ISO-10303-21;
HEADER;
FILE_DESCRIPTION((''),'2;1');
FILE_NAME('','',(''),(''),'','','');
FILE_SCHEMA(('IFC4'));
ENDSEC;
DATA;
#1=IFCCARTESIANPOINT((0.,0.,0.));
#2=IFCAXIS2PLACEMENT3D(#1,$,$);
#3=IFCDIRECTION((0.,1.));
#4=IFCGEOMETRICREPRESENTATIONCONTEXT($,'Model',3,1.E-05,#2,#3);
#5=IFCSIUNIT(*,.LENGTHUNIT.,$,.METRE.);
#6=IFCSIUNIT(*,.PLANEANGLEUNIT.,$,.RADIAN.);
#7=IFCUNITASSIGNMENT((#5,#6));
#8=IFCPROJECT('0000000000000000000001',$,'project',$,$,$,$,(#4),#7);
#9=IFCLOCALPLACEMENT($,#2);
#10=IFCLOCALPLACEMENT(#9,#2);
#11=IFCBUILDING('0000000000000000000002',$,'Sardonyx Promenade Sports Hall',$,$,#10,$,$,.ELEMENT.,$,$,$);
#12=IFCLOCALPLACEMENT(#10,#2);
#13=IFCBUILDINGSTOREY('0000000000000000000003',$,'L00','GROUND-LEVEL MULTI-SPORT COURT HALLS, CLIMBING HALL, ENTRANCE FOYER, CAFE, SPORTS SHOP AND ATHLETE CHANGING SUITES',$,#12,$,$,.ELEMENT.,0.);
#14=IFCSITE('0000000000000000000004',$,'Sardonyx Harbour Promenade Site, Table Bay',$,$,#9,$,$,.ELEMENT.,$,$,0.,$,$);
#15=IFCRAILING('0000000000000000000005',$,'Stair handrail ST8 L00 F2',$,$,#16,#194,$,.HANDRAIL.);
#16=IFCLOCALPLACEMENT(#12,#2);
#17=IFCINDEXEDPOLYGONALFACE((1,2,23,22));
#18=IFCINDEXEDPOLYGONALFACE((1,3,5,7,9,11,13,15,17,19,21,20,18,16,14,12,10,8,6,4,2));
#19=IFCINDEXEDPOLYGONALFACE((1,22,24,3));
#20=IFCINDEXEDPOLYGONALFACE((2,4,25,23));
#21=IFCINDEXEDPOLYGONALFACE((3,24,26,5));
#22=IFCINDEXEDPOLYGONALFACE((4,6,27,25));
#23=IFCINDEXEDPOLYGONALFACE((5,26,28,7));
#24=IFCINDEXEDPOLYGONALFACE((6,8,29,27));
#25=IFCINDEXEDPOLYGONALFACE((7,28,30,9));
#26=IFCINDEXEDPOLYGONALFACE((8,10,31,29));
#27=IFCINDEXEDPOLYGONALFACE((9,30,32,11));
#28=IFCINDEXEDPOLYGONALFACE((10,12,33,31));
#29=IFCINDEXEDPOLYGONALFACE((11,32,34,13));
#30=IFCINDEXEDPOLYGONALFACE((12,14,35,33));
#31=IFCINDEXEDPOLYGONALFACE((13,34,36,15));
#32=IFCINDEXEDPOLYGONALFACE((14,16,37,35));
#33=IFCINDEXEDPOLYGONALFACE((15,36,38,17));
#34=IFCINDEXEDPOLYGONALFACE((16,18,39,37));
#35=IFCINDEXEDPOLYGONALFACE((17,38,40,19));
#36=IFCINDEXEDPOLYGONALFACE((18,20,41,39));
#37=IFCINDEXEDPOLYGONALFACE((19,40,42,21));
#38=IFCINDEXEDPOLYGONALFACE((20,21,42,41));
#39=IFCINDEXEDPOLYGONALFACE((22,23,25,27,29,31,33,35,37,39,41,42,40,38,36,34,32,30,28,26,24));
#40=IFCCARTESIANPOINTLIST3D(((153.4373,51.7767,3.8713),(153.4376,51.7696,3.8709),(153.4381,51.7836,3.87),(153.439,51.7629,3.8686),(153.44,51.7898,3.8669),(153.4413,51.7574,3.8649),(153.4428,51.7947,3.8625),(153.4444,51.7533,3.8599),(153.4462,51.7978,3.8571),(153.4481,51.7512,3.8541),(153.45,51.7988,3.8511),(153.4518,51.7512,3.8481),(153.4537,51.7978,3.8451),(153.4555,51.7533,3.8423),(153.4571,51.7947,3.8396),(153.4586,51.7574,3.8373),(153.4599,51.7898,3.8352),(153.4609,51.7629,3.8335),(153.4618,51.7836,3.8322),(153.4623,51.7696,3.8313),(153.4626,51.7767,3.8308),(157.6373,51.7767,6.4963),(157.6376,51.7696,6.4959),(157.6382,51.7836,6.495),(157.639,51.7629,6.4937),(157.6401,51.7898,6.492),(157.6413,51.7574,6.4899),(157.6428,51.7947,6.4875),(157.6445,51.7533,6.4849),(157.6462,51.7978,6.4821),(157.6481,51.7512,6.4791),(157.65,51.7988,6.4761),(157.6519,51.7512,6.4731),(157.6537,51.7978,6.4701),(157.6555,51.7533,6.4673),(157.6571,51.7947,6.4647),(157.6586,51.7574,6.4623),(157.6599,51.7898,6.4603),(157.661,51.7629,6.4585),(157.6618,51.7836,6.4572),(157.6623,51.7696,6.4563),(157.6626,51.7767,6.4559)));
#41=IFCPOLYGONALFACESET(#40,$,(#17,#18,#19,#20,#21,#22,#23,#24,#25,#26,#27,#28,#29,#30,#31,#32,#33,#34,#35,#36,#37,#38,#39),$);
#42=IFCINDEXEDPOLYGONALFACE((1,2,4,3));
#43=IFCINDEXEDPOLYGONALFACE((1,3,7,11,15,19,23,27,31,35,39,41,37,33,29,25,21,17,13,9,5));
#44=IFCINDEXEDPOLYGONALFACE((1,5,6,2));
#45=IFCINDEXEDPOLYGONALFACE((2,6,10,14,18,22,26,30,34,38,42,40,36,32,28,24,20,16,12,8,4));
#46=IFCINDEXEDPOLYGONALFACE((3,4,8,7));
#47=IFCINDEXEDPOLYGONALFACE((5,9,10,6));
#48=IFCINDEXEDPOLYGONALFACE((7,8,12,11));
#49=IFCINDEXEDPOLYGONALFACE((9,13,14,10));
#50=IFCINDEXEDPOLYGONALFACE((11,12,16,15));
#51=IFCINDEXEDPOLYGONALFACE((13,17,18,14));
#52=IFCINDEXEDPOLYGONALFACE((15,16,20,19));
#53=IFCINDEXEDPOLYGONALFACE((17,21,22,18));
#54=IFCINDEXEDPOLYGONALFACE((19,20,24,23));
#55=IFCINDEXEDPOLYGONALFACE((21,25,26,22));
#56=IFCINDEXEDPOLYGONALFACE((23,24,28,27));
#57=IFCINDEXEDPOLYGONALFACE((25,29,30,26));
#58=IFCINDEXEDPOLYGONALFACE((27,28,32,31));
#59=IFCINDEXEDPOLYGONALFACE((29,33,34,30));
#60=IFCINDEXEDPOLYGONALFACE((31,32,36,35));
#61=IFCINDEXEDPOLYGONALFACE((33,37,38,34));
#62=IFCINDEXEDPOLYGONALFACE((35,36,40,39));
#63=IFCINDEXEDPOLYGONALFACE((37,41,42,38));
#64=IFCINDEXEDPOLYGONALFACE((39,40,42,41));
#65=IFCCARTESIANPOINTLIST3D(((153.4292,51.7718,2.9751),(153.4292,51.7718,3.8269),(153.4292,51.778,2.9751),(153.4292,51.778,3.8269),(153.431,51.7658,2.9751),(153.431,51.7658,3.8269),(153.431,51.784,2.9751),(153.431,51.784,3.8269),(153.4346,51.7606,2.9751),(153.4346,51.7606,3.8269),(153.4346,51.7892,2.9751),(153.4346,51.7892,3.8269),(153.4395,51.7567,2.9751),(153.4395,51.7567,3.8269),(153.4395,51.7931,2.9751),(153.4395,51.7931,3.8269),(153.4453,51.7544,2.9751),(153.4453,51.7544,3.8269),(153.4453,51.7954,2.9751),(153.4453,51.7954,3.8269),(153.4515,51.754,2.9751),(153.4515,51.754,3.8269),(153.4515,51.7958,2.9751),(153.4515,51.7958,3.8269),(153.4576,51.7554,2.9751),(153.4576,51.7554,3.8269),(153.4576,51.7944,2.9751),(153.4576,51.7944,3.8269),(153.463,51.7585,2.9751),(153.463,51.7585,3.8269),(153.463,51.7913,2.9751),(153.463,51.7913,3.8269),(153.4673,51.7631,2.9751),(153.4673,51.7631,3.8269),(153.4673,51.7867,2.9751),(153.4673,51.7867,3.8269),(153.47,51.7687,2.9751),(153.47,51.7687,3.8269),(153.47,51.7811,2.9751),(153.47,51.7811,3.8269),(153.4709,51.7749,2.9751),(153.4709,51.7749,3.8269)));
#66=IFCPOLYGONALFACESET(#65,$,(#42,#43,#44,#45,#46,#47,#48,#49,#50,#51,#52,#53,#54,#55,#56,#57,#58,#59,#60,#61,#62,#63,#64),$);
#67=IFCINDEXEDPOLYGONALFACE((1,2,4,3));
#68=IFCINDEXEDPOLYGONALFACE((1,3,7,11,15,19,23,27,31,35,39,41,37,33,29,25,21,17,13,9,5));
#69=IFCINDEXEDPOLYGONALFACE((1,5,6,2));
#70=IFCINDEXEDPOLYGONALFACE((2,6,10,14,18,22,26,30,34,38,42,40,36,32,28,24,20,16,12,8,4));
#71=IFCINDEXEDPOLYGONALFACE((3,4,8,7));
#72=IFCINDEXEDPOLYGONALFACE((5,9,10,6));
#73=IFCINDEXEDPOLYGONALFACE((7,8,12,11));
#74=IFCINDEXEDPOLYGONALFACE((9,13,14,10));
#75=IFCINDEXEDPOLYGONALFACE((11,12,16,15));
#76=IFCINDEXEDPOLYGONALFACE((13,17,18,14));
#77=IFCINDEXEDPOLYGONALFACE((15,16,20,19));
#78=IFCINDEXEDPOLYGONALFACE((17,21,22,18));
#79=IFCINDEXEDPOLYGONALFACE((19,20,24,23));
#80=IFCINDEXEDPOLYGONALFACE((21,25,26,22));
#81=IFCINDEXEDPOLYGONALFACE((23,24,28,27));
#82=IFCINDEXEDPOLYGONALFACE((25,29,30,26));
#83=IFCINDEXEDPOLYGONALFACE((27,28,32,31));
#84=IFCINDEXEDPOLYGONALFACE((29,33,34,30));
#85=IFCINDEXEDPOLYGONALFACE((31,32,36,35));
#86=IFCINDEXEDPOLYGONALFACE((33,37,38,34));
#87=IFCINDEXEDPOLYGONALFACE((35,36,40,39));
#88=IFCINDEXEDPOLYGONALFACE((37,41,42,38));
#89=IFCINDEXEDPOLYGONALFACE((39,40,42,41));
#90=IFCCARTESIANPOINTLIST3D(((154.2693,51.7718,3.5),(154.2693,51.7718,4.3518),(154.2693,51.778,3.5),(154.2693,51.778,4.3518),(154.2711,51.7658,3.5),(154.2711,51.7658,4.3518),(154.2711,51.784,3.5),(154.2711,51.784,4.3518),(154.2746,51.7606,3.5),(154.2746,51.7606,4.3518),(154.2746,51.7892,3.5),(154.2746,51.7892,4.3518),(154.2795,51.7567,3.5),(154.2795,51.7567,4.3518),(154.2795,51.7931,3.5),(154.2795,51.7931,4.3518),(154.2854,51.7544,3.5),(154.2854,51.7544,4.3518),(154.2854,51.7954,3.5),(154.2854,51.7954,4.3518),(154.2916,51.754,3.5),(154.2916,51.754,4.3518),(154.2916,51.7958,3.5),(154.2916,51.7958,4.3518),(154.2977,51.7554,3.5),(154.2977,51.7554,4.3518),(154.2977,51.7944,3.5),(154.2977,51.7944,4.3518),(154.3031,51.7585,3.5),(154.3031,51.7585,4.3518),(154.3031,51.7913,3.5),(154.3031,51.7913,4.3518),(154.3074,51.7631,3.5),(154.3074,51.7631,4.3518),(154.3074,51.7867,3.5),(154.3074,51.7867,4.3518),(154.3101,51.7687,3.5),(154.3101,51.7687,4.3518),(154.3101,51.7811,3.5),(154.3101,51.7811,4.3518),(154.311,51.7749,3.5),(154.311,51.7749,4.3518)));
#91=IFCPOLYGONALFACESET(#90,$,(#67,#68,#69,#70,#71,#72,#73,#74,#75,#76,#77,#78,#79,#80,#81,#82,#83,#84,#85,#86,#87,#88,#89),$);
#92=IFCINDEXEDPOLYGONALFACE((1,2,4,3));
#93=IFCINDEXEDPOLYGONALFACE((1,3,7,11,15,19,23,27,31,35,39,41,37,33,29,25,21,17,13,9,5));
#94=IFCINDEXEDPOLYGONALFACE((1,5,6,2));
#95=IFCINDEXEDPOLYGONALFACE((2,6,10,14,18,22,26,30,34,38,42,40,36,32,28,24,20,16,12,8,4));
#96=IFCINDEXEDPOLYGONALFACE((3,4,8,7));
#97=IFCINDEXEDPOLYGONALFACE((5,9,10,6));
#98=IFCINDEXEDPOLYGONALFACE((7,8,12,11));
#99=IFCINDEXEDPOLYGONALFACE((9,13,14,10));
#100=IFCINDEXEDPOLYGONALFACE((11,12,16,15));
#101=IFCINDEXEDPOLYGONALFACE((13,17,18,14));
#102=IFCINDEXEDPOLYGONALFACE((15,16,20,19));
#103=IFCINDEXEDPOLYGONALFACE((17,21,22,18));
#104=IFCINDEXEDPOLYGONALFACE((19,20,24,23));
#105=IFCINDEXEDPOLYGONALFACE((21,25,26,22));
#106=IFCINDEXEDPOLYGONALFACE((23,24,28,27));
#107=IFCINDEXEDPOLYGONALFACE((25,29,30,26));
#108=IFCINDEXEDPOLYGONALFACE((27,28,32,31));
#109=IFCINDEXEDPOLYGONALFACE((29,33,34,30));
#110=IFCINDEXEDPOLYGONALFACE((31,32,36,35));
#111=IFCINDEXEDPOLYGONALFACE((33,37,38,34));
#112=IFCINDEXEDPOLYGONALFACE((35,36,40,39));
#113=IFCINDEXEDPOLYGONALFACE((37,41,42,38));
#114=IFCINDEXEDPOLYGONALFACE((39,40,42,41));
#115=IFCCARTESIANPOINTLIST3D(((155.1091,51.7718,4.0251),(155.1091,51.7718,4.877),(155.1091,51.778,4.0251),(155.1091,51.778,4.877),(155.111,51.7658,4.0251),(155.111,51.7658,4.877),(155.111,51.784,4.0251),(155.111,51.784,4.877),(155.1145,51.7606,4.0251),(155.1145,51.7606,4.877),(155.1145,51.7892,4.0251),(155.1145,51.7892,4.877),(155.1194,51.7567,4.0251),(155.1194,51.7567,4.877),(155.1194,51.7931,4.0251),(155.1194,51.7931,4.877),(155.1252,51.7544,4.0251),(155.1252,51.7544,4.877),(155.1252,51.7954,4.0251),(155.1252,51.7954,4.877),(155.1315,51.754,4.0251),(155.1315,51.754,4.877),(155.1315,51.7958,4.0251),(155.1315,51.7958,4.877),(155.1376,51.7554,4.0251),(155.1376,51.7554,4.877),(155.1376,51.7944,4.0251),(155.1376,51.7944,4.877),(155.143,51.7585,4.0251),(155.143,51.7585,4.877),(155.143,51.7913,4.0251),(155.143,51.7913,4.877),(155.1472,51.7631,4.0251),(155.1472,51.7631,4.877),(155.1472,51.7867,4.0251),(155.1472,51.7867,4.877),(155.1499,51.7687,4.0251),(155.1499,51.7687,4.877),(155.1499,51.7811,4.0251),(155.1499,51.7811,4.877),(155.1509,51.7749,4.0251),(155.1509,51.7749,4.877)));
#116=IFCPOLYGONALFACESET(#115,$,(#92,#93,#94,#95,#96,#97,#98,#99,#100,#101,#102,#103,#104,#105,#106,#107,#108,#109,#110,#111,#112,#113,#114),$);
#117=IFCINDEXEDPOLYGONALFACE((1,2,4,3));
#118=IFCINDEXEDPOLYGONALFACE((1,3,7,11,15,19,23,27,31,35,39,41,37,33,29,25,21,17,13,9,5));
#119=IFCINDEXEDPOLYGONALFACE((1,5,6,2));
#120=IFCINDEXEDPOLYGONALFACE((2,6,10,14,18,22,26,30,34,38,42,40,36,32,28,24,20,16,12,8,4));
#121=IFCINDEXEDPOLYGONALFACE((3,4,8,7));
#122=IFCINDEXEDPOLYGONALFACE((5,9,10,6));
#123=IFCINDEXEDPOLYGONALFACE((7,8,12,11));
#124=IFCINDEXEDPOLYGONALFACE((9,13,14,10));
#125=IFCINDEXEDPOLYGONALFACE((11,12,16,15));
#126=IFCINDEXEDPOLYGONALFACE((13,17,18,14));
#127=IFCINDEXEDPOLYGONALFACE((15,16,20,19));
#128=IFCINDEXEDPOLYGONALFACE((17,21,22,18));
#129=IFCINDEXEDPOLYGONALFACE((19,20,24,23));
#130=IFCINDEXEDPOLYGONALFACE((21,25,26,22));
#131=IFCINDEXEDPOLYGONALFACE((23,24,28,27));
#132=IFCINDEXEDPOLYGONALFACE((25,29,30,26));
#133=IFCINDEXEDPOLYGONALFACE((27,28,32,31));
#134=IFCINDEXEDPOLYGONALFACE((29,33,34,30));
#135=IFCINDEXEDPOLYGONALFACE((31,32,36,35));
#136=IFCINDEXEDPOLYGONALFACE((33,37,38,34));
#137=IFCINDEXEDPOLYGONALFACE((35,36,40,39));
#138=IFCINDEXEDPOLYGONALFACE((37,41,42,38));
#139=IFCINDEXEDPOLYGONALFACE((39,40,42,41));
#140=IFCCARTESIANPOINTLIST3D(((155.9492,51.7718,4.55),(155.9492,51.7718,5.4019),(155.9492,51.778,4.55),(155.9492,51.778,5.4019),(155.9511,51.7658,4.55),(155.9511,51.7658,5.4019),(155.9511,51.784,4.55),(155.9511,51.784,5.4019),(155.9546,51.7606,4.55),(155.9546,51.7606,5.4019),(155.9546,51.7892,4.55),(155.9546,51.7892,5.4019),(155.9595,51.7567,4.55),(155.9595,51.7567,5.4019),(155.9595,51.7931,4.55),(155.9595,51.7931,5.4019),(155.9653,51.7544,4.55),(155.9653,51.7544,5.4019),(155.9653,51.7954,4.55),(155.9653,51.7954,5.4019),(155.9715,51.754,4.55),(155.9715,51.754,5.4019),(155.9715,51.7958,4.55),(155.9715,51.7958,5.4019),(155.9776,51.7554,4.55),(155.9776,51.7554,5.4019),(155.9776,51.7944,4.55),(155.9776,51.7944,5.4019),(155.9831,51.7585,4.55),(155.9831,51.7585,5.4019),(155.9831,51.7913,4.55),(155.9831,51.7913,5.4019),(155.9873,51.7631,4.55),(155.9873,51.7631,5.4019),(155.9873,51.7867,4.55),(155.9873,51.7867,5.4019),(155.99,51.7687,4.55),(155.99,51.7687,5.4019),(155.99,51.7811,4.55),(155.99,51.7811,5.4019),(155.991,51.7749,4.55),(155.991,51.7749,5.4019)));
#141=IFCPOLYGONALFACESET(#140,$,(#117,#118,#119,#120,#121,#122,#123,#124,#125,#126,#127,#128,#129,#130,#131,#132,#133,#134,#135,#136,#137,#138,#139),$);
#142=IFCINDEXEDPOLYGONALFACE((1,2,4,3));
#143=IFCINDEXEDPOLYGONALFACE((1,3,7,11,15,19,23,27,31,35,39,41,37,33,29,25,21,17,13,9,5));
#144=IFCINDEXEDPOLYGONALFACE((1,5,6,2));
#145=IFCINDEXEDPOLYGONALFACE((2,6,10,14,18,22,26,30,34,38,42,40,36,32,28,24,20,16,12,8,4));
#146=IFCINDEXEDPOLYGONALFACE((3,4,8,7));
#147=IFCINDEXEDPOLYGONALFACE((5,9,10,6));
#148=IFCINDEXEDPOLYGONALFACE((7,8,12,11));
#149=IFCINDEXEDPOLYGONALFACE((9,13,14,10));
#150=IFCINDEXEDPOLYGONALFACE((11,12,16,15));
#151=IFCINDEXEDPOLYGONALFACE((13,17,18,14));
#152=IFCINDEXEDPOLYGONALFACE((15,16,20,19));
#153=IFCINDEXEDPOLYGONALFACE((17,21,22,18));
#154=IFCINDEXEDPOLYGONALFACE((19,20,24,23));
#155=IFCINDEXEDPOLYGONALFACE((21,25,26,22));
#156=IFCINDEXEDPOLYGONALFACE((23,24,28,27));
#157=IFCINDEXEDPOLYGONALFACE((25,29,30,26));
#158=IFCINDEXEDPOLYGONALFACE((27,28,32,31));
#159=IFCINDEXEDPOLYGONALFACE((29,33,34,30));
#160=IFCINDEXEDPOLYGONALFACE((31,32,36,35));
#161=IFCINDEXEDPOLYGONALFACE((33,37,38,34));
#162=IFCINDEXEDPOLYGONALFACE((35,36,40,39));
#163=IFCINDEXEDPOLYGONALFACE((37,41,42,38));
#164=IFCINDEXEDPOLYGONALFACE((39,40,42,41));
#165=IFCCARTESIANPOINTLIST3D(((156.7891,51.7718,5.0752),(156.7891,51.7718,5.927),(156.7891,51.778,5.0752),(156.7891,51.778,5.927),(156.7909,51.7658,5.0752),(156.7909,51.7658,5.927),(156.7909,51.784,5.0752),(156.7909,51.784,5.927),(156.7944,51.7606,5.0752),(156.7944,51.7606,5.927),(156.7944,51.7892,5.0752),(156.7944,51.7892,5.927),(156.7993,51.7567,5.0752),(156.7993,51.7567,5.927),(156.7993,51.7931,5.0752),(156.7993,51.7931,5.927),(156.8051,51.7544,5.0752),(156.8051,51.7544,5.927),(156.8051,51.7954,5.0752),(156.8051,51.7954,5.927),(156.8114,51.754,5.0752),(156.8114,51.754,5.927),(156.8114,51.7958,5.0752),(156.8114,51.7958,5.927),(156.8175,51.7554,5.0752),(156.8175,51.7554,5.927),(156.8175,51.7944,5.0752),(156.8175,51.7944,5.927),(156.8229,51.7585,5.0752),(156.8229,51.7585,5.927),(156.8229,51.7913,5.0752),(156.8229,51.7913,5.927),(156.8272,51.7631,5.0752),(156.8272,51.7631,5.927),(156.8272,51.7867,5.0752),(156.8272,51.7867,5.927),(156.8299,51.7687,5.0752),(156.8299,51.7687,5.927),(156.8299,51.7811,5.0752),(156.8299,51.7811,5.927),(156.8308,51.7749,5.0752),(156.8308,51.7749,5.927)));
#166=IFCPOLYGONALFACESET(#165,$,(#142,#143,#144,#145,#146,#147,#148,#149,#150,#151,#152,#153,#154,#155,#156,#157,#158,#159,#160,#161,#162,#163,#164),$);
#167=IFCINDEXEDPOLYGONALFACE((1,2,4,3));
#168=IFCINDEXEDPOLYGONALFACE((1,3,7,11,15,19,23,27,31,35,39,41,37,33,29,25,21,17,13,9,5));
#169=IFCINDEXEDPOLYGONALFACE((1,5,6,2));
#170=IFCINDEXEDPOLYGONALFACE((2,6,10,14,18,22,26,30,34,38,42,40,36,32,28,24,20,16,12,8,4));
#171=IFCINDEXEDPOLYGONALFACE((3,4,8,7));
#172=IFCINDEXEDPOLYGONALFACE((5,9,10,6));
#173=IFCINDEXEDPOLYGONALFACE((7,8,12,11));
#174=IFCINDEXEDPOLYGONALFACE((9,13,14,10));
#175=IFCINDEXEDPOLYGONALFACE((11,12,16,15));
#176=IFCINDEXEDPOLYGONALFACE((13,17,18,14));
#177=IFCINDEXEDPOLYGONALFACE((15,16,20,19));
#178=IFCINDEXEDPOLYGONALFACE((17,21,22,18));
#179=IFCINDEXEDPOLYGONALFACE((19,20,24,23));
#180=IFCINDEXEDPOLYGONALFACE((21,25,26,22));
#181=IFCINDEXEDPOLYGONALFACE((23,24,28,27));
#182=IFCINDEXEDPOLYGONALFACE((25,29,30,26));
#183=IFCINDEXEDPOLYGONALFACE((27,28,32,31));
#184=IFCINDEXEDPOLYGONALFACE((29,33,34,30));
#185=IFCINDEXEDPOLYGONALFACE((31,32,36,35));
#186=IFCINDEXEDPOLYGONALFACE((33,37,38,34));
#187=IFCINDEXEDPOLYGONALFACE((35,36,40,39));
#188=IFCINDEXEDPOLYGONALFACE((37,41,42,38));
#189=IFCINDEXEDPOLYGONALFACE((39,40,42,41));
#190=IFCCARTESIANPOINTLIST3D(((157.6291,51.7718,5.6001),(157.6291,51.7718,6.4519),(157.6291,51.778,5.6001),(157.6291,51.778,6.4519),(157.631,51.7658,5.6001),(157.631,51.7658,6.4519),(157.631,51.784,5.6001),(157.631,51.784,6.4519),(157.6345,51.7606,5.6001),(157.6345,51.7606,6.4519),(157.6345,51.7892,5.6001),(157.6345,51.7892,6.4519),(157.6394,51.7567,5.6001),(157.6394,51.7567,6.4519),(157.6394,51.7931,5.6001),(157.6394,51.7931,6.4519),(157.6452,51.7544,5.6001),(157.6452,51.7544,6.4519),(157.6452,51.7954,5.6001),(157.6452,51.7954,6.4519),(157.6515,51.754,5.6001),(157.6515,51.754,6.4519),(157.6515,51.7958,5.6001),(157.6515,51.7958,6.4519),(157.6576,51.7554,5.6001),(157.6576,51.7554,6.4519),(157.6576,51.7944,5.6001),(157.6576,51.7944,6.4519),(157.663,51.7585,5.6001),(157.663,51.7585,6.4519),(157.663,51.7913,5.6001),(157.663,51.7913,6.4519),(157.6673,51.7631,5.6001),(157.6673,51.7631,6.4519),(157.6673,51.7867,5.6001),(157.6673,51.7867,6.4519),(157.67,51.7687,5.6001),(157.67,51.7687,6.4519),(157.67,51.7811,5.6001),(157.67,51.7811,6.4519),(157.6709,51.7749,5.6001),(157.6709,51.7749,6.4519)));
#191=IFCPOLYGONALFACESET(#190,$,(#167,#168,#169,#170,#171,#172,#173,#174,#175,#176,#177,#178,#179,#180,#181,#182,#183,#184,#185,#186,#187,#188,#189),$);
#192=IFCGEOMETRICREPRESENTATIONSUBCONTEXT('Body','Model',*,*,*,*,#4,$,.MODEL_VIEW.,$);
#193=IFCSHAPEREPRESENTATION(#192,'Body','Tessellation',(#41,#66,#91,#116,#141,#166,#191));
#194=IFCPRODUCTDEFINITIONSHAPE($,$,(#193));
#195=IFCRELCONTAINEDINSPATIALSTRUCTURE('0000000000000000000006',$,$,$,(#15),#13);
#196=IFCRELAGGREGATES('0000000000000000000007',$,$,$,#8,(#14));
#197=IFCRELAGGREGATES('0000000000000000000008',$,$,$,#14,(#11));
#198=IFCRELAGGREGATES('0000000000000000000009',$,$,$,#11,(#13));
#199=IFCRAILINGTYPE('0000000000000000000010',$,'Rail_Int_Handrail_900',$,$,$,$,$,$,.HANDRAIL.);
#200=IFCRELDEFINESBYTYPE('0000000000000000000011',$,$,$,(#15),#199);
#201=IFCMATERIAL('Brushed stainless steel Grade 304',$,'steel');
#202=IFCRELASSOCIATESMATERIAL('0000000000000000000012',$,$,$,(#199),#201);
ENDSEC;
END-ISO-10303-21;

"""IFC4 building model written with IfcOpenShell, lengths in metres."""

from ifc_helpers import new_model, si_unit, direction, frame, origin, origin_2d, place, context, subcontext, project, spatial, circle, extrude, material, type_object, element, save


model = new_model("IFC4")

# Units and contexts
model_context = context("Model", 3, precision=1e-05, world=origin(), true_north=direction((0.0, 1.0)))
body_context = subcontext(model_context, "Body", "Model", "MODEL_VIEW")
ifc_project = project(units=[si_unit("LENGTHUNIT", "METRE"), si_unit("PLANEANGLEUNIT", "RADIAN")], contexts=[model_context])

# Site, building, storey
site_placement = place(None, origin())
site = spatial("IfcSite", under=ifc_project, at=site_placement, Name="Sardonyx Harbour Promenade Site, Table Bay", CompositionType="ELEMENT", RefElevation=0.0)
building_placement = place(site_placement, origin())
building = spatial("IfcBuilding", under=site, at=building_placement, Name="Sardonyx Promenade Sports Hall", CompositionType="ELEMENT")
storey_placement = place(building_placement, origin())
storey = spatial("IfcBuildingStorey", under=building, at=storey_placement, Name="L00", Description="GROUND-LEVEL MULTI-SPORT COURT HALLS, CLIMBING HALL, ENTRANCE FOYER, CAFE, SPORTS SHOP AND ATHLETE CHANGING SUITES", CompositionType="ELEMENT", Elevation=0.0)

# Railing
ifc_material_1 = material(Name="Brushed stainless steel Grade 304", Category="steel")
railing_type_1 = type_object("IfcRailingType", Name="Rail_Int_Handrail_900", PredefinedType="HANDRAIL", material=ifc_material_1)
railing_1_placement = place(storey_placement, frame((153.45, 51.7749, 2.9751)))
element("IfcRailing", 1, at=railing_1_placement, inside=storey, type_object=railing_type_1, Name="Stair handrail ST8 L00 F2", PredefinedType="HANDRAIL", context=body_context, shape_type="SweptSolid", body=[
    extrude(circle(Radius=0.0239, at=origin_2d()), frame((0.0, 0.0, 0.876), z_axis=(0.847996, 0.0, 0.530003), x_axis=(0.0, 1.0, 0.0)), (0.0, 0.0, 1.0), 4.9529),
    extrude(circle(Radius=0.021, at=origin_2d()), origin(), (0.0, 0.0, 1.0), 0.8518),
    extrude(circle(Radius=0.021, at=origin_2d()), frame((0.8401, 0.0, 0.5249)), (0.0, 0.0, 1.0), 0.8518),
    extrude(circle(Radius=0.021, at=origin_2d()), frame((1.6799, 0.0, 1.05)), (0.0, 0.0, 1.0), 0.8518),
    extrude(circle(Radius=0.021, at=origin_2d()), frame((2.52, 0.0, 1.575)), (0.0, 0.0, 1.0), 0.8518),
    extrude(circle(Radius=0.021, at=origin_2d()), frame((3.3599, 0.0, 2.1001)), (0.0, 0.0, 1.0), 0.8518),
    extrude(circle(Radius=0.021, at=origin_2d()), frame((4.2, 0.0, 2.625)), (0.0, 0.0, 1.0), 0.8518),
])

save(model, "model.ifc")
